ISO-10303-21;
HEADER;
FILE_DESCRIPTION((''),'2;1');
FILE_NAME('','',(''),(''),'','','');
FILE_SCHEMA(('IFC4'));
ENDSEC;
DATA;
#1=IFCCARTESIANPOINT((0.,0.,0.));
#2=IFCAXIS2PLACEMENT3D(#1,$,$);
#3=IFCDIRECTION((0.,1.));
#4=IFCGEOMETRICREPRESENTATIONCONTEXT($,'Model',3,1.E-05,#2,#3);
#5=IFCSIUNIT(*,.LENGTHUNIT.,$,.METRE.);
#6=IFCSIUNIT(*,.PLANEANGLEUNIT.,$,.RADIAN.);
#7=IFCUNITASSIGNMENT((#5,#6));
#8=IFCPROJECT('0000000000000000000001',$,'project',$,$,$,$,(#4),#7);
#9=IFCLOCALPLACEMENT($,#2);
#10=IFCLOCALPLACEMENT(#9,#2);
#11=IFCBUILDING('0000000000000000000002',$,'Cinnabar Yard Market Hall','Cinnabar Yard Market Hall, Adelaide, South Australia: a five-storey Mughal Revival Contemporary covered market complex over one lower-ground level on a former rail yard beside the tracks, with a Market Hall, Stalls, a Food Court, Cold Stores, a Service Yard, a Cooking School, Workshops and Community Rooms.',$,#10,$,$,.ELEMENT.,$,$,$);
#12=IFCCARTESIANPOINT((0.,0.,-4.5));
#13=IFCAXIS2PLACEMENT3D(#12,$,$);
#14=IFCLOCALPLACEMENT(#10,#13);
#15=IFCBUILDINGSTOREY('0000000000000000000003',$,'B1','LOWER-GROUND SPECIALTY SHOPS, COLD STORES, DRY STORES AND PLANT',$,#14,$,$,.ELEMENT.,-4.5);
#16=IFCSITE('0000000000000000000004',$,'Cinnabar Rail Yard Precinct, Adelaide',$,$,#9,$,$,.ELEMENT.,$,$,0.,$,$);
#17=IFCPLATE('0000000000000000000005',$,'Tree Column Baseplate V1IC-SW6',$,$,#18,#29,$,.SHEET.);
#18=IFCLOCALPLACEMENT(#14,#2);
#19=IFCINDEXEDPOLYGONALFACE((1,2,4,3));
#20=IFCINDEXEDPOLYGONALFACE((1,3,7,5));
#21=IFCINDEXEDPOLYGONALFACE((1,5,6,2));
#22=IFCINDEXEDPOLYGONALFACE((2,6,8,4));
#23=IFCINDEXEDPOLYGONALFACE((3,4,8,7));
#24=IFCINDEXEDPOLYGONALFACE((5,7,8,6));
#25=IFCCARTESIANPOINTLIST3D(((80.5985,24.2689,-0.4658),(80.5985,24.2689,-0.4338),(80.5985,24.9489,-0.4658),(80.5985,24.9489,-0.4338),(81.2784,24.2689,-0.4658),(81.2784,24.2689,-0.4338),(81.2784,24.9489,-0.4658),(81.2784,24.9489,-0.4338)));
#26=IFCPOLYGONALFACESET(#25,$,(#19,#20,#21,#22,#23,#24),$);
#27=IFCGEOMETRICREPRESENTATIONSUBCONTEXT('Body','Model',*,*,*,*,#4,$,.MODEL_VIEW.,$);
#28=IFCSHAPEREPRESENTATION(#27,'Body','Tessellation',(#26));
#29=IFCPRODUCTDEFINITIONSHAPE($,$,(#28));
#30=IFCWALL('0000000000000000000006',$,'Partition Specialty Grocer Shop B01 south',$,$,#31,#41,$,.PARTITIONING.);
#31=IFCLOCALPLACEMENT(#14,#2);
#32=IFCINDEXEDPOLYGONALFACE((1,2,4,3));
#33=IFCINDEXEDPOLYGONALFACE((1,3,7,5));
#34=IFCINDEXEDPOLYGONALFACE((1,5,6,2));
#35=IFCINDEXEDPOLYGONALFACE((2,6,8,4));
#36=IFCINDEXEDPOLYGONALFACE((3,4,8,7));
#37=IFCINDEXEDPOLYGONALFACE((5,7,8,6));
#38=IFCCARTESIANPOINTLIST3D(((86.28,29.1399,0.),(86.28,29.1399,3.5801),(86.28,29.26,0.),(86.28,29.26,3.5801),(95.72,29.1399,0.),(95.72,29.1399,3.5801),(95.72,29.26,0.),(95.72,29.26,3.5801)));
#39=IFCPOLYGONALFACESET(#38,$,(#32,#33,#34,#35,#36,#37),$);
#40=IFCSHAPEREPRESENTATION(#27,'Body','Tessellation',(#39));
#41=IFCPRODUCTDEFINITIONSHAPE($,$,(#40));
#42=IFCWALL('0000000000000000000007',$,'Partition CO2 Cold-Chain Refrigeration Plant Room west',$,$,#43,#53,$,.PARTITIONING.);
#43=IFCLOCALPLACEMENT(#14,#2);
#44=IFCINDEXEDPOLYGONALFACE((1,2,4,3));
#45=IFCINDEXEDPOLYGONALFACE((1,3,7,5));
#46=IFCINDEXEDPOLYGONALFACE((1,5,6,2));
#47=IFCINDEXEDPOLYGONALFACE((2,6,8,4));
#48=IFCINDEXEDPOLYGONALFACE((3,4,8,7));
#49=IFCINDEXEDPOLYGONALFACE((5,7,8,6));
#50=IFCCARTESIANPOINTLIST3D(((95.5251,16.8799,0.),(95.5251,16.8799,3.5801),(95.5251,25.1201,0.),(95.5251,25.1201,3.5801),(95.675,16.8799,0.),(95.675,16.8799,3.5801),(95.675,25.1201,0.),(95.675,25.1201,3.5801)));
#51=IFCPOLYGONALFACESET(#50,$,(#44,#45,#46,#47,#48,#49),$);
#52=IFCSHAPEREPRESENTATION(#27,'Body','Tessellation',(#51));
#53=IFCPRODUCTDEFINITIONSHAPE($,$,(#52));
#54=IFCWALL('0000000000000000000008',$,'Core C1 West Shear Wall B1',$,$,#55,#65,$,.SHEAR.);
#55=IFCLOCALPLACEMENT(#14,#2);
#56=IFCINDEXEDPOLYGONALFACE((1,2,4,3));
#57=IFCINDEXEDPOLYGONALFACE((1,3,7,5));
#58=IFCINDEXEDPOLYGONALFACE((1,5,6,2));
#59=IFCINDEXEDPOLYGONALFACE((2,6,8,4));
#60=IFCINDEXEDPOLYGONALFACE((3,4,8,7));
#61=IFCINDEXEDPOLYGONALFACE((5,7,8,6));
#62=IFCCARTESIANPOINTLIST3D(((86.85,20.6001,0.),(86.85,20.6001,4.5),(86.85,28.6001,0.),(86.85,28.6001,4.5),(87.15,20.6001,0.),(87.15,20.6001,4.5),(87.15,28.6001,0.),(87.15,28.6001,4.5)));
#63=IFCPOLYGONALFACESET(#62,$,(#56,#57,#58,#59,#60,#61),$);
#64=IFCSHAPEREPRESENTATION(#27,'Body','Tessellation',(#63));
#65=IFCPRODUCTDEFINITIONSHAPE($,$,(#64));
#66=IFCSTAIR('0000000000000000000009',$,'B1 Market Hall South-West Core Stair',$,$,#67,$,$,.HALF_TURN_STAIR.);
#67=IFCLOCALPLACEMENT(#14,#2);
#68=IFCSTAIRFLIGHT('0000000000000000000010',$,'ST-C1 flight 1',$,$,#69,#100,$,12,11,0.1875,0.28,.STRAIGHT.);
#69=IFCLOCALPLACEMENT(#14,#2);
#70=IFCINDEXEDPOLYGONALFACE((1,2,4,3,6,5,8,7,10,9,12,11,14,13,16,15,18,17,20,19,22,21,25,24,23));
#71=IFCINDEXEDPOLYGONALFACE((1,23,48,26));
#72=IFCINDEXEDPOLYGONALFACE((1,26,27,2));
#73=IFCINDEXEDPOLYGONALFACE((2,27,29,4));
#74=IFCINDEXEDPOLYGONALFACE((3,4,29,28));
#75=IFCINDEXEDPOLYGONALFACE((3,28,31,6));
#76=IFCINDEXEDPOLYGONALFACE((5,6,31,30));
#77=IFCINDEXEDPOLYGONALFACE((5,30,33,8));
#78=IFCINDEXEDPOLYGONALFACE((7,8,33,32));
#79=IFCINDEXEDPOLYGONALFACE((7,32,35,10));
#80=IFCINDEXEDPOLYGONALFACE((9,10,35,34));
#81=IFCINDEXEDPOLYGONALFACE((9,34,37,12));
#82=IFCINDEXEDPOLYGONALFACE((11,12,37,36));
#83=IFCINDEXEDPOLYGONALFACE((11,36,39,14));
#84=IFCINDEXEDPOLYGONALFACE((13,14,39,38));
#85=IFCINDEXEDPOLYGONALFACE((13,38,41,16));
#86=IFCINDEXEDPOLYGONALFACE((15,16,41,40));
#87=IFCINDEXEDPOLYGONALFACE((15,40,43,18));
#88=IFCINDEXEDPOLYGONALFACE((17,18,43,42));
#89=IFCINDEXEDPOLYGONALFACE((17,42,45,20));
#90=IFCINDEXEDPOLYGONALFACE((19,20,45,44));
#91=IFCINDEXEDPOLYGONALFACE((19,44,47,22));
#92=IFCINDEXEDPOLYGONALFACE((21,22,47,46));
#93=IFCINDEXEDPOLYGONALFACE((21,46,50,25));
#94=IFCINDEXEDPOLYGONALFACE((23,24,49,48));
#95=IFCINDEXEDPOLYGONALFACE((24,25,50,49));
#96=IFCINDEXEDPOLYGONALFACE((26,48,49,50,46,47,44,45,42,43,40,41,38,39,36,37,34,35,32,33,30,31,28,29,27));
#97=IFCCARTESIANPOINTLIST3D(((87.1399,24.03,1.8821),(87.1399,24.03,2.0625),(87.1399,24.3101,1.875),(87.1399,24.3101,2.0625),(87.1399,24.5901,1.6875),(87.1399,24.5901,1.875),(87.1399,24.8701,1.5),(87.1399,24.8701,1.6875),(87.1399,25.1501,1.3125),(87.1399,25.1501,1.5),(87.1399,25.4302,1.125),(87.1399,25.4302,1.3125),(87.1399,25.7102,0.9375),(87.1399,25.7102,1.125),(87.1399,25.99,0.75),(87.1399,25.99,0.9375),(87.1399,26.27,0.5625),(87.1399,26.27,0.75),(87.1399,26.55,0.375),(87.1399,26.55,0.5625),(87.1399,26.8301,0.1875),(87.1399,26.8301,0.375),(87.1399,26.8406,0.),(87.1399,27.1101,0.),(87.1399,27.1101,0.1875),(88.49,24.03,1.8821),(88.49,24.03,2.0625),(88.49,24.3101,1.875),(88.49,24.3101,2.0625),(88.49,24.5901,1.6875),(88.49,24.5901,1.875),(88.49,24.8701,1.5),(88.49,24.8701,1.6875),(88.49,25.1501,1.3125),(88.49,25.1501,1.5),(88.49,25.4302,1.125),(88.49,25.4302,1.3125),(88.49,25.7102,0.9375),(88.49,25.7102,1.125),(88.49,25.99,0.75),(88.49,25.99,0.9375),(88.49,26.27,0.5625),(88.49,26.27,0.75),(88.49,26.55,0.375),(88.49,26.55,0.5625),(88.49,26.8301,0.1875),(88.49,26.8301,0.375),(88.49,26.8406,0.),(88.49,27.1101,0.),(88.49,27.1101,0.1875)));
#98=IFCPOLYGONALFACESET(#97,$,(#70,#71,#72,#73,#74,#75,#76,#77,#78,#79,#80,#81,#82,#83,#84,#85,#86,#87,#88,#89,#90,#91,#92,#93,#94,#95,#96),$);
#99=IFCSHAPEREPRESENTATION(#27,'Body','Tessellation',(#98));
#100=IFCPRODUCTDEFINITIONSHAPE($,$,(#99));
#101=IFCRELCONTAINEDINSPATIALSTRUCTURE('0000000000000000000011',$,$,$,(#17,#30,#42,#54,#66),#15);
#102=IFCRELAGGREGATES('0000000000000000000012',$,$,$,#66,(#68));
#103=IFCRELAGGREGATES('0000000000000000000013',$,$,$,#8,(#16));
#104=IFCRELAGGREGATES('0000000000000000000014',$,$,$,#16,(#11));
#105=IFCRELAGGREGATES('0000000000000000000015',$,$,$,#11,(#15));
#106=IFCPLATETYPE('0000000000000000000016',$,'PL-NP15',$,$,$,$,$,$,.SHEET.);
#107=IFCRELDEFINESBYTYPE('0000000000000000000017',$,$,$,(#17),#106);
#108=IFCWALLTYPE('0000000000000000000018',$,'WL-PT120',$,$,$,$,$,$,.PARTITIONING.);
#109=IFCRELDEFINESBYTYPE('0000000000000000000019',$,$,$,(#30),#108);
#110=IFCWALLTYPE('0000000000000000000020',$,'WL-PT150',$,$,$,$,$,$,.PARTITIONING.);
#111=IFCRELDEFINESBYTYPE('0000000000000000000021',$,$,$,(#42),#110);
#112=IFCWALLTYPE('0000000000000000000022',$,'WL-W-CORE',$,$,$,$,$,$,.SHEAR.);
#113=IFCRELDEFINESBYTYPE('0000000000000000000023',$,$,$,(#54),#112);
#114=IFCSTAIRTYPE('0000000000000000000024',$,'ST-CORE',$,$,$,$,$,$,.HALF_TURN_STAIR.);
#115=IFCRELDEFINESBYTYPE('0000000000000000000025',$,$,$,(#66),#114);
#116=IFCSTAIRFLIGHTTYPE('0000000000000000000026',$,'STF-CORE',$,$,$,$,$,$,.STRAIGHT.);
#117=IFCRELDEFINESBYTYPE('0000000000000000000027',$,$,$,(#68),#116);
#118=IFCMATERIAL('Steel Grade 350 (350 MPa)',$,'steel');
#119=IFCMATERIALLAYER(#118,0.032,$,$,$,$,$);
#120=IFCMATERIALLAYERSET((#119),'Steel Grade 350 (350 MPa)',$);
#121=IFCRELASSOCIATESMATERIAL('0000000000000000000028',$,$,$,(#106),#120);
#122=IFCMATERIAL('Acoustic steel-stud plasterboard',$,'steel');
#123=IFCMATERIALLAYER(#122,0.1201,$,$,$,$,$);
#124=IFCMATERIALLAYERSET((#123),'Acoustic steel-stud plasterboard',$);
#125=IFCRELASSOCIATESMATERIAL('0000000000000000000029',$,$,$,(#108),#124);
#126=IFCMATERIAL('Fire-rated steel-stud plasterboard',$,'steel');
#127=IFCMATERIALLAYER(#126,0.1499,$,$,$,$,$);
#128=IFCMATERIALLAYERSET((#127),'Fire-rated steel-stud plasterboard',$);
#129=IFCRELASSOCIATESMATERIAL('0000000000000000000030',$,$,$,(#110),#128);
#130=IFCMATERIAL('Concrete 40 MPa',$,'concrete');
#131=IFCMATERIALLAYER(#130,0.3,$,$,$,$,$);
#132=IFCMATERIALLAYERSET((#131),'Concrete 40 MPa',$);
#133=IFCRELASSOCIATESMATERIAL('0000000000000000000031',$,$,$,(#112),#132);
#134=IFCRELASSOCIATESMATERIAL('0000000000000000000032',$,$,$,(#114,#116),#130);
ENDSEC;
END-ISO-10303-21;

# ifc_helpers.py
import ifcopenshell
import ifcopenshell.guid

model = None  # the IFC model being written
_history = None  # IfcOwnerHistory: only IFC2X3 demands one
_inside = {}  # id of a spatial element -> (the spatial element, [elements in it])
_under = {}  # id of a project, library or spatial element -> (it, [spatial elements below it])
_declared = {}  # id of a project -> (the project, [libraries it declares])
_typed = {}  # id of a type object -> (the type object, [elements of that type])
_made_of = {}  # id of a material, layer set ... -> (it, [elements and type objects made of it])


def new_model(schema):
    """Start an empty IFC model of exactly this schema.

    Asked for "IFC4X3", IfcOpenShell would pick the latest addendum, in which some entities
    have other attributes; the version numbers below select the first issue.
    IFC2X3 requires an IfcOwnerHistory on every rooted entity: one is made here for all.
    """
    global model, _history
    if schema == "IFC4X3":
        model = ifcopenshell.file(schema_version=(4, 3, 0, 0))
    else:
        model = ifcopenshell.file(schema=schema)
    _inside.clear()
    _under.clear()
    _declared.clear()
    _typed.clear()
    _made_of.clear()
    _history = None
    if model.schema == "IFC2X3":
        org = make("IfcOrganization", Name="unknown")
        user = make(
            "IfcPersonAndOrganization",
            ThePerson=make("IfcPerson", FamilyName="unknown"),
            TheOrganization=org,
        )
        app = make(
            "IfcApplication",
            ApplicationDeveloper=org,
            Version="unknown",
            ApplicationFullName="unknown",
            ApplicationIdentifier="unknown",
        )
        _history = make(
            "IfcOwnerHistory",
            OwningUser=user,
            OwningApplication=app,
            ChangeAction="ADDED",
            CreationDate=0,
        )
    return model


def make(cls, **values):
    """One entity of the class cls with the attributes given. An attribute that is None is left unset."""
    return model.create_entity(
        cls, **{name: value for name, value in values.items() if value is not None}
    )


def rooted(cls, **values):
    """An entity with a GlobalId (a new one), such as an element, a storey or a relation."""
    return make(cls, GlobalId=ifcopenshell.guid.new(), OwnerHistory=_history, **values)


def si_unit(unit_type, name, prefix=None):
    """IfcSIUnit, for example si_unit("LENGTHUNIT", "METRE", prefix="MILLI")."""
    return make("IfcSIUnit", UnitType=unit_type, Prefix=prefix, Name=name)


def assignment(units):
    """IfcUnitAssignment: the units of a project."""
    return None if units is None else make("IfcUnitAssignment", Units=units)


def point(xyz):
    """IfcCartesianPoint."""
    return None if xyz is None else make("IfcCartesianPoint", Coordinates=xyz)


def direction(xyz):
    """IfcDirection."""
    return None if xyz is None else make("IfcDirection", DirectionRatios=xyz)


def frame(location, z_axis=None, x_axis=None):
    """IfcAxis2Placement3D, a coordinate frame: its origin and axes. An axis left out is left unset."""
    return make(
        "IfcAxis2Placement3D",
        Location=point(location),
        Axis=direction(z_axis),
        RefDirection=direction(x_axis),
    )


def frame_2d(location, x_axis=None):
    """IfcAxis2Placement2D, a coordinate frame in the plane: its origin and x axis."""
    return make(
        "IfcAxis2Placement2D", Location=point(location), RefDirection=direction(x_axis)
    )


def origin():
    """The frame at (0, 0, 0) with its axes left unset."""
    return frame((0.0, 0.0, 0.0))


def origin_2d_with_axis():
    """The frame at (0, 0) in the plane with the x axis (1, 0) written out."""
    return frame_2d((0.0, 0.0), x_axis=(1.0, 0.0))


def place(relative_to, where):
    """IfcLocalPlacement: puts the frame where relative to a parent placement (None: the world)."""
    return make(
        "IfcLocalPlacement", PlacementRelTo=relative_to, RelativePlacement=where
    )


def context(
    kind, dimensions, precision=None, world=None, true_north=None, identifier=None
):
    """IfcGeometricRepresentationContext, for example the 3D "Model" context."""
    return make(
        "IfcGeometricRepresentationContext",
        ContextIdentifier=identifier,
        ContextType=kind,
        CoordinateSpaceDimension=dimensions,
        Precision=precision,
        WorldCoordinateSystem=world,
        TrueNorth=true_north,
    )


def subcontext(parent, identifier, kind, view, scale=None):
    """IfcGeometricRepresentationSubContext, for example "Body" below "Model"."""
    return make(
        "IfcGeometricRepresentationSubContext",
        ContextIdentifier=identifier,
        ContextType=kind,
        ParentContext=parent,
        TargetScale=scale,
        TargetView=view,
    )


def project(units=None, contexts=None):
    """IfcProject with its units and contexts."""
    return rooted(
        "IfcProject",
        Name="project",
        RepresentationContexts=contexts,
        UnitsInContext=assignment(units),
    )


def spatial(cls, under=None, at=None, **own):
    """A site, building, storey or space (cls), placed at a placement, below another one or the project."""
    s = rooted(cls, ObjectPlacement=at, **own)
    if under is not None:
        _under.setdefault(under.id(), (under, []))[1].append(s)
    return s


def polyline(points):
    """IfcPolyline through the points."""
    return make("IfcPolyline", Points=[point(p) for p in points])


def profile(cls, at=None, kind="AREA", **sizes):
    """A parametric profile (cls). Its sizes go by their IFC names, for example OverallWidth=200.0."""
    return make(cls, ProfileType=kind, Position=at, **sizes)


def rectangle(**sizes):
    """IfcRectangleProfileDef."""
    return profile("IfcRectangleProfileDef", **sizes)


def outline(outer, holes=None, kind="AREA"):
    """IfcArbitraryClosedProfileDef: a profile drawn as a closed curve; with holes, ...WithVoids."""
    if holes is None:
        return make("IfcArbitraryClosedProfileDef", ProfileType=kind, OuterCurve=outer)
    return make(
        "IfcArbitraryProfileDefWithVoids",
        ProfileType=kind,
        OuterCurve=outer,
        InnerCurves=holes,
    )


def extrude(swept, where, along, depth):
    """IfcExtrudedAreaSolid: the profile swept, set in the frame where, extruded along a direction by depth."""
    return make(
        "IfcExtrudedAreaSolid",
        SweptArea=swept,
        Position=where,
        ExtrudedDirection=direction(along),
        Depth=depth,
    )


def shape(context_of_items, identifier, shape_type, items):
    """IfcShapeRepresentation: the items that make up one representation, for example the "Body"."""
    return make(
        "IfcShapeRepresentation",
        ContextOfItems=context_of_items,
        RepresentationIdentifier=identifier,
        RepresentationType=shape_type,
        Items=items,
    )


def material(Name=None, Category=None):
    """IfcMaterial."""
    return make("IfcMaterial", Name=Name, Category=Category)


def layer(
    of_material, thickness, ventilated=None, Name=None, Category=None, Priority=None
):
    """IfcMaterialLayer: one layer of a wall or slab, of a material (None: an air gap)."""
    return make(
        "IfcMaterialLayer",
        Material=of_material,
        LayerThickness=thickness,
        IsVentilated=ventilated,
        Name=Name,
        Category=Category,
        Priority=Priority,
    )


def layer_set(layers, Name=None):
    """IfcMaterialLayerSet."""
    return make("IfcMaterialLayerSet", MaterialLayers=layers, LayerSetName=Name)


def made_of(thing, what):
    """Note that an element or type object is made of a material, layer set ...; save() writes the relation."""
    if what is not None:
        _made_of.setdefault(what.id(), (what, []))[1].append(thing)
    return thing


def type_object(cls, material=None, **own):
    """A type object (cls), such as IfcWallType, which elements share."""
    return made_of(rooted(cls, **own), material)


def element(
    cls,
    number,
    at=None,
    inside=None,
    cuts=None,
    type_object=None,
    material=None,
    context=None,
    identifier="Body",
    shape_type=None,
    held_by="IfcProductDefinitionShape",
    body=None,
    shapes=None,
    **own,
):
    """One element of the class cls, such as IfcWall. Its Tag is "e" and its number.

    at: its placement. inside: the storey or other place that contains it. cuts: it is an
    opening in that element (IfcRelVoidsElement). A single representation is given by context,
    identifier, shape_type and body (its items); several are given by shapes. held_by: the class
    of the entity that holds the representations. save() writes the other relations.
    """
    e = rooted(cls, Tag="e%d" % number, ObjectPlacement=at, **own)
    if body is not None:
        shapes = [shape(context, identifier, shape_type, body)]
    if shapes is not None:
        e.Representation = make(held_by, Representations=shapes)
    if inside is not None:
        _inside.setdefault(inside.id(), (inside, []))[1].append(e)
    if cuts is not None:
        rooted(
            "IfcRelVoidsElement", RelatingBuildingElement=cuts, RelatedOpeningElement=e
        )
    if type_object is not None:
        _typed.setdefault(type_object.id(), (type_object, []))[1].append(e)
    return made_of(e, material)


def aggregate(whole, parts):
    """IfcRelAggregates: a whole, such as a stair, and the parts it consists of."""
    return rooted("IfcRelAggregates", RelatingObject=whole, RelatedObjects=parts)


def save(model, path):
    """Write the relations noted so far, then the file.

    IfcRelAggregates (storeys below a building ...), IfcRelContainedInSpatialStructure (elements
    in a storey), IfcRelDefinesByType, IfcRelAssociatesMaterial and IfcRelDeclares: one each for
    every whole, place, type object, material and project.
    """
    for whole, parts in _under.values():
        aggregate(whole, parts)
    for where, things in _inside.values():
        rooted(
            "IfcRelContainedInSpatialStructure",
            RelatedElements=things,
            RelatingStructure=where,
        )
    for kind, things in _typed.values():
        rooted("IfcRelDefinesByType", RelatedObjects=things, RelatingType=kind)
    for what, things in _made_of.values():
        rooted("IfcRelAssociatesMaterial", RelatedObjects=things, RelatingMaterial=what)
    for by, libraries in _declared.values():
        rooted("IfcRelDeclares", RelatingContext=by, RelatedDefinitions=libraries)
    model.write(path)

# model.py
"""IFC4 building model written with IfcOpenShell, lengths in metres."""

from ifc_helpers import new_model, si_unit, direction, frame, frame_2d, origin, origin_2d_with_axis, place, context, subcontext, project, spatial, polyline, rectangle, outline, extrude, material, layer, layer_set, type_object, element, aggregate, save


model = new_model("IFC4")

# Units and contexts
model_context = context("Model", 3, precision=1e-05, world=origin(), true_north=direction((0.0, 1.0)))
body_context = subcontext(model_context, "Body", "Model", "MODEL_VIEW")
ifc_project = project(units=[si_unit("LENGTHUNIT", "METRE"), si_unit("PLANEANGLEUNIT", "RADIAN")], contexts=[model_context])

# Site, building, storey
site_placement = place(None, origin())
site = spatial("IfcSite", under=ifc_project, at=site_placement, Name="Cinnabar Rail Yard Precinct, Adelaide", CompositionType="ELEMENT", RefElevation=0.0)
building_placement = place(site_placement, origin())
building = spatial("IfcBuilding", under=site, at=building_placement, Name="Cinnabar Yard Market Hall", Description="Cinnabar Yard Market Hall, Adelaide, South Australia: a five-storey Mughal Revival Contemporary covered market complex over one lower-ground level on a former rail yard beside the tracks, with a Market Hall, Stalls, a Food Court, Cold Stores, a Service Yard, a Cooking School, Workshops and Community Rooms.", CompositionType="ELEMENT")
storey_placement = place(building_placement, frame((0.0, 0.0, -4.5)))
storey = spatial("IfcBuildingStorey", under=building, at=storey_placement, Name="B1", Description="LOWER-GROUND SPECIALTY SHOPS, COLD STORES, DRY STORES AND PLANT", CompositionType="ELEMENT", Elevation=-4.5)

# Shared definitions
ifc_material_1 = material(Name="Concrete 40 MPa", Category="concrete")

# Plate
ifc_material_2 = material(Name="Steel Grade 350 (350 MPa)", Category="steel")
ifc_layer_1 = layer(ifc_material_2, 0.032)
ifc_layer_set_1 = layer_set([ifc_layer_1], Name="Steel Grade 350 (350 MPa)")
plate_type = type_object("IfcPlateType", Name="PL-NP15", PredefinedType="SHEET", material=ifc_layer_set_1)
for number, where, z_axis, x_axis, name in (
    (1, (80.9385, 24.6089, -0.4658), (0.0, 0.0, 1.0), (1.0, 0.0, 0.0), "Tree Column Baseplate V1IC-SW6"),
):
    element("IfcPlate", number, at=place(storey_placement, frame(where, z_axis=z_axis, x_axis=x_axis)), inside=storey, type_object=plate_type, Name=name, PredefinedType="SHEET", context=body_context, shape_type="SweptSolid", body=[
        extrude(rectangle(XDim=0.6799, YDim=0.6799, at=origin_2d_with_axis()), origin(), (0.0, 0.0, 1.0), 0.032),
    ])

# Walls
ifc_material_3 = material(Name="Acoustic steel-stud plasterboard", Category="steel")
ifc_layer_2 = layer(ifc_material_3, 0.1201)
ifc_layer_set_2 = layer_set([ifc_layer_2], Name="Acoustic steel-stud plasterboard")
wall_type_1 = type_object("IfcWallType", Name="WL-PT120", PredefinedType="PARTITIONING", material=ifc_layer_set_2)
wall_1_placement = place(storey_placement, frame((86.28, 29.2, 0.0), z_axis=(0.0, 0.0, 1.0), x_axis=(1.0, 0.0, 0.0)))
element("IfcWall", 2, at=wall_1_placement, inside=storey, type_object=wall_type_1, Name="Partition Specialty Grocer Shop B01 south", PredefinedType="PARTITIONING", context=body_context, shape_type="SweptSolid", body=[
    extrude(rectangle(XDim=9.4399, YDim=0.1201, at=frame_2d((4.72, 0.0), x_axis=(1.0, 0.0))), origin(), (0.0, 0.0, 1.0), 3.5801),
])
ifc_material_4 = material(Name="Fire-rated steel-stud plasterboard", Category="steel")
ifc_layer_3 = layer(ifc_material_4, 0.1499)
ifc_layer_set_3 = layer_set([ifc_layer_3], Name="Fire-rated steel-stud plasterboard")
wall_type_2 = type_object("IfcWallType", Name="WL-PT150", PredefinedType="PARTITIONING", material=ifc_layer_set_3)
wall_2_placement = place(storey_placement, frame((95.6001, 25.1201, 0.0), z_axis=(0.0, 0.0, 1.0), x_axis=(0.0, -1.0, 0.0)))
element("IfcWall", 3, at=wall_2_placement, inside=storey, type_object=wall_type_2, Name="Partition CO2 Cold-Chain Refrigeration Plant Room west", PredefinedType="PARTITIONING", context=body_context, shape_type="SweptSolid", body=[
    extrude(rectangle(XDim=8.2402, YDim=0.1499, at=frame_2d((4.1201, 0.0), x_axis=(1.0, 0.0))), origin(), (0.0, 0.0, 1.0), 3.5801),
])
ifc_layer_4 = layer(ifc_material_1, 0.3)
ifc_layer_set_4 = layer_set([ifc_layer_4], Name="Concrete 40 MPa")
wall_type_3 = type_object("IfcWallType", Name="WL-W-CORE", PredefinedType="SHEAR", material=ifc_layer_set_4)
wall_3_placement = place(storey_placement, frame((87.0, 28.6001, 0.0), z_axis=(0.0, 0.0, 1.0), x_axis=(0.0, -1.0, 0.0)))
element("IfcWall", 4, at=wall_3_placement, inside=storey, type_object=wall_type_3, Name="Core C1 West Shear Wall B1", PredefinedType="SHEAR", context=body_context, shape_type="SweptSolid", body=[
    extrude(rectangle(XDim=8.0, YDim=0.3, at=frame_2d((4.0, 0.0), x_axis=(1.0, 0.0))), origin(), (0.0, 0.0, 1.0), 4.5),
])

# Stair, stair flight
stair_type = type_object("IfcStairType", Name="ST-CORE", PredefinedType="HALF_TURN_STAIR", material=ifc_material_1)
stair_placement = place(storey_placement, origin())
stair = element("IfcStair", 5, at=stair_placement, inside=storey, type_object=stair_type, Name="B1 Market Hall South-West Core Stair", PredefinedType="HALF_TURN_STAIR")
stair_flight_type = type_object("IfcStairFlightType", Name="STF-CORE", PredefinedType="STRAIGHT", material=ifc_material_1)
stair_flight_placement = place(storey_placement, frame((87.8149, 27.1101, 0.0), z_axis=(0.0, 0.0, 1.0), x_axis=(0.0, -1.0, 0.0)))
stair_flight = element("IfcStairFlight", 6, at=stair_flight_placement, type_object=stair_flight_type, Name="ST-C1 flight 1", NumberOfRisers=12, NumberOfTreads=11, PredefinedType="STRAIGHT", RiserHeight=0.1875, TreadLength=0.28, context=body_context, shape_type="SweptSolid", body=[
    extrude(outline(polyline([(0.0, 0.0), (0.0, 0.1875), (0.28, 0.1875), (0.28, 0.375), (0.5601, 0.375), (0.5601, 0.5625), (0.8401, 0.5625), (0.8401, 0.75), (1.1201, 0.75), (1.1201, 0.9375), (1.3999, 0.9375), (1.3999, 1.125), (1.6799, 1.125), (1.6799, 1.3125), (1.96, 1.3125), (1.96, 1.5), (2.24, 1.5), (2.24, 1.6875), (2.52, 1.6875), (2.52, 1.875), (2.8, 1.875), (2.8, 2.0625), (3.0801, 2.0625), (3.0801, 2.25), (3.0801, 1.8821), (0.2695, 0.0), (0.0, 0.0)])), frame((0.0, 0.675, 0.0), z_axis=(0.0, -1.0, 0.0), x_axis=(1.0, 0.0, 0.0)), (0.0, 0.0, 1.0), 1.3501),
])
aggregate(stair, [stair_flight])

save(model, "model.ifc")
